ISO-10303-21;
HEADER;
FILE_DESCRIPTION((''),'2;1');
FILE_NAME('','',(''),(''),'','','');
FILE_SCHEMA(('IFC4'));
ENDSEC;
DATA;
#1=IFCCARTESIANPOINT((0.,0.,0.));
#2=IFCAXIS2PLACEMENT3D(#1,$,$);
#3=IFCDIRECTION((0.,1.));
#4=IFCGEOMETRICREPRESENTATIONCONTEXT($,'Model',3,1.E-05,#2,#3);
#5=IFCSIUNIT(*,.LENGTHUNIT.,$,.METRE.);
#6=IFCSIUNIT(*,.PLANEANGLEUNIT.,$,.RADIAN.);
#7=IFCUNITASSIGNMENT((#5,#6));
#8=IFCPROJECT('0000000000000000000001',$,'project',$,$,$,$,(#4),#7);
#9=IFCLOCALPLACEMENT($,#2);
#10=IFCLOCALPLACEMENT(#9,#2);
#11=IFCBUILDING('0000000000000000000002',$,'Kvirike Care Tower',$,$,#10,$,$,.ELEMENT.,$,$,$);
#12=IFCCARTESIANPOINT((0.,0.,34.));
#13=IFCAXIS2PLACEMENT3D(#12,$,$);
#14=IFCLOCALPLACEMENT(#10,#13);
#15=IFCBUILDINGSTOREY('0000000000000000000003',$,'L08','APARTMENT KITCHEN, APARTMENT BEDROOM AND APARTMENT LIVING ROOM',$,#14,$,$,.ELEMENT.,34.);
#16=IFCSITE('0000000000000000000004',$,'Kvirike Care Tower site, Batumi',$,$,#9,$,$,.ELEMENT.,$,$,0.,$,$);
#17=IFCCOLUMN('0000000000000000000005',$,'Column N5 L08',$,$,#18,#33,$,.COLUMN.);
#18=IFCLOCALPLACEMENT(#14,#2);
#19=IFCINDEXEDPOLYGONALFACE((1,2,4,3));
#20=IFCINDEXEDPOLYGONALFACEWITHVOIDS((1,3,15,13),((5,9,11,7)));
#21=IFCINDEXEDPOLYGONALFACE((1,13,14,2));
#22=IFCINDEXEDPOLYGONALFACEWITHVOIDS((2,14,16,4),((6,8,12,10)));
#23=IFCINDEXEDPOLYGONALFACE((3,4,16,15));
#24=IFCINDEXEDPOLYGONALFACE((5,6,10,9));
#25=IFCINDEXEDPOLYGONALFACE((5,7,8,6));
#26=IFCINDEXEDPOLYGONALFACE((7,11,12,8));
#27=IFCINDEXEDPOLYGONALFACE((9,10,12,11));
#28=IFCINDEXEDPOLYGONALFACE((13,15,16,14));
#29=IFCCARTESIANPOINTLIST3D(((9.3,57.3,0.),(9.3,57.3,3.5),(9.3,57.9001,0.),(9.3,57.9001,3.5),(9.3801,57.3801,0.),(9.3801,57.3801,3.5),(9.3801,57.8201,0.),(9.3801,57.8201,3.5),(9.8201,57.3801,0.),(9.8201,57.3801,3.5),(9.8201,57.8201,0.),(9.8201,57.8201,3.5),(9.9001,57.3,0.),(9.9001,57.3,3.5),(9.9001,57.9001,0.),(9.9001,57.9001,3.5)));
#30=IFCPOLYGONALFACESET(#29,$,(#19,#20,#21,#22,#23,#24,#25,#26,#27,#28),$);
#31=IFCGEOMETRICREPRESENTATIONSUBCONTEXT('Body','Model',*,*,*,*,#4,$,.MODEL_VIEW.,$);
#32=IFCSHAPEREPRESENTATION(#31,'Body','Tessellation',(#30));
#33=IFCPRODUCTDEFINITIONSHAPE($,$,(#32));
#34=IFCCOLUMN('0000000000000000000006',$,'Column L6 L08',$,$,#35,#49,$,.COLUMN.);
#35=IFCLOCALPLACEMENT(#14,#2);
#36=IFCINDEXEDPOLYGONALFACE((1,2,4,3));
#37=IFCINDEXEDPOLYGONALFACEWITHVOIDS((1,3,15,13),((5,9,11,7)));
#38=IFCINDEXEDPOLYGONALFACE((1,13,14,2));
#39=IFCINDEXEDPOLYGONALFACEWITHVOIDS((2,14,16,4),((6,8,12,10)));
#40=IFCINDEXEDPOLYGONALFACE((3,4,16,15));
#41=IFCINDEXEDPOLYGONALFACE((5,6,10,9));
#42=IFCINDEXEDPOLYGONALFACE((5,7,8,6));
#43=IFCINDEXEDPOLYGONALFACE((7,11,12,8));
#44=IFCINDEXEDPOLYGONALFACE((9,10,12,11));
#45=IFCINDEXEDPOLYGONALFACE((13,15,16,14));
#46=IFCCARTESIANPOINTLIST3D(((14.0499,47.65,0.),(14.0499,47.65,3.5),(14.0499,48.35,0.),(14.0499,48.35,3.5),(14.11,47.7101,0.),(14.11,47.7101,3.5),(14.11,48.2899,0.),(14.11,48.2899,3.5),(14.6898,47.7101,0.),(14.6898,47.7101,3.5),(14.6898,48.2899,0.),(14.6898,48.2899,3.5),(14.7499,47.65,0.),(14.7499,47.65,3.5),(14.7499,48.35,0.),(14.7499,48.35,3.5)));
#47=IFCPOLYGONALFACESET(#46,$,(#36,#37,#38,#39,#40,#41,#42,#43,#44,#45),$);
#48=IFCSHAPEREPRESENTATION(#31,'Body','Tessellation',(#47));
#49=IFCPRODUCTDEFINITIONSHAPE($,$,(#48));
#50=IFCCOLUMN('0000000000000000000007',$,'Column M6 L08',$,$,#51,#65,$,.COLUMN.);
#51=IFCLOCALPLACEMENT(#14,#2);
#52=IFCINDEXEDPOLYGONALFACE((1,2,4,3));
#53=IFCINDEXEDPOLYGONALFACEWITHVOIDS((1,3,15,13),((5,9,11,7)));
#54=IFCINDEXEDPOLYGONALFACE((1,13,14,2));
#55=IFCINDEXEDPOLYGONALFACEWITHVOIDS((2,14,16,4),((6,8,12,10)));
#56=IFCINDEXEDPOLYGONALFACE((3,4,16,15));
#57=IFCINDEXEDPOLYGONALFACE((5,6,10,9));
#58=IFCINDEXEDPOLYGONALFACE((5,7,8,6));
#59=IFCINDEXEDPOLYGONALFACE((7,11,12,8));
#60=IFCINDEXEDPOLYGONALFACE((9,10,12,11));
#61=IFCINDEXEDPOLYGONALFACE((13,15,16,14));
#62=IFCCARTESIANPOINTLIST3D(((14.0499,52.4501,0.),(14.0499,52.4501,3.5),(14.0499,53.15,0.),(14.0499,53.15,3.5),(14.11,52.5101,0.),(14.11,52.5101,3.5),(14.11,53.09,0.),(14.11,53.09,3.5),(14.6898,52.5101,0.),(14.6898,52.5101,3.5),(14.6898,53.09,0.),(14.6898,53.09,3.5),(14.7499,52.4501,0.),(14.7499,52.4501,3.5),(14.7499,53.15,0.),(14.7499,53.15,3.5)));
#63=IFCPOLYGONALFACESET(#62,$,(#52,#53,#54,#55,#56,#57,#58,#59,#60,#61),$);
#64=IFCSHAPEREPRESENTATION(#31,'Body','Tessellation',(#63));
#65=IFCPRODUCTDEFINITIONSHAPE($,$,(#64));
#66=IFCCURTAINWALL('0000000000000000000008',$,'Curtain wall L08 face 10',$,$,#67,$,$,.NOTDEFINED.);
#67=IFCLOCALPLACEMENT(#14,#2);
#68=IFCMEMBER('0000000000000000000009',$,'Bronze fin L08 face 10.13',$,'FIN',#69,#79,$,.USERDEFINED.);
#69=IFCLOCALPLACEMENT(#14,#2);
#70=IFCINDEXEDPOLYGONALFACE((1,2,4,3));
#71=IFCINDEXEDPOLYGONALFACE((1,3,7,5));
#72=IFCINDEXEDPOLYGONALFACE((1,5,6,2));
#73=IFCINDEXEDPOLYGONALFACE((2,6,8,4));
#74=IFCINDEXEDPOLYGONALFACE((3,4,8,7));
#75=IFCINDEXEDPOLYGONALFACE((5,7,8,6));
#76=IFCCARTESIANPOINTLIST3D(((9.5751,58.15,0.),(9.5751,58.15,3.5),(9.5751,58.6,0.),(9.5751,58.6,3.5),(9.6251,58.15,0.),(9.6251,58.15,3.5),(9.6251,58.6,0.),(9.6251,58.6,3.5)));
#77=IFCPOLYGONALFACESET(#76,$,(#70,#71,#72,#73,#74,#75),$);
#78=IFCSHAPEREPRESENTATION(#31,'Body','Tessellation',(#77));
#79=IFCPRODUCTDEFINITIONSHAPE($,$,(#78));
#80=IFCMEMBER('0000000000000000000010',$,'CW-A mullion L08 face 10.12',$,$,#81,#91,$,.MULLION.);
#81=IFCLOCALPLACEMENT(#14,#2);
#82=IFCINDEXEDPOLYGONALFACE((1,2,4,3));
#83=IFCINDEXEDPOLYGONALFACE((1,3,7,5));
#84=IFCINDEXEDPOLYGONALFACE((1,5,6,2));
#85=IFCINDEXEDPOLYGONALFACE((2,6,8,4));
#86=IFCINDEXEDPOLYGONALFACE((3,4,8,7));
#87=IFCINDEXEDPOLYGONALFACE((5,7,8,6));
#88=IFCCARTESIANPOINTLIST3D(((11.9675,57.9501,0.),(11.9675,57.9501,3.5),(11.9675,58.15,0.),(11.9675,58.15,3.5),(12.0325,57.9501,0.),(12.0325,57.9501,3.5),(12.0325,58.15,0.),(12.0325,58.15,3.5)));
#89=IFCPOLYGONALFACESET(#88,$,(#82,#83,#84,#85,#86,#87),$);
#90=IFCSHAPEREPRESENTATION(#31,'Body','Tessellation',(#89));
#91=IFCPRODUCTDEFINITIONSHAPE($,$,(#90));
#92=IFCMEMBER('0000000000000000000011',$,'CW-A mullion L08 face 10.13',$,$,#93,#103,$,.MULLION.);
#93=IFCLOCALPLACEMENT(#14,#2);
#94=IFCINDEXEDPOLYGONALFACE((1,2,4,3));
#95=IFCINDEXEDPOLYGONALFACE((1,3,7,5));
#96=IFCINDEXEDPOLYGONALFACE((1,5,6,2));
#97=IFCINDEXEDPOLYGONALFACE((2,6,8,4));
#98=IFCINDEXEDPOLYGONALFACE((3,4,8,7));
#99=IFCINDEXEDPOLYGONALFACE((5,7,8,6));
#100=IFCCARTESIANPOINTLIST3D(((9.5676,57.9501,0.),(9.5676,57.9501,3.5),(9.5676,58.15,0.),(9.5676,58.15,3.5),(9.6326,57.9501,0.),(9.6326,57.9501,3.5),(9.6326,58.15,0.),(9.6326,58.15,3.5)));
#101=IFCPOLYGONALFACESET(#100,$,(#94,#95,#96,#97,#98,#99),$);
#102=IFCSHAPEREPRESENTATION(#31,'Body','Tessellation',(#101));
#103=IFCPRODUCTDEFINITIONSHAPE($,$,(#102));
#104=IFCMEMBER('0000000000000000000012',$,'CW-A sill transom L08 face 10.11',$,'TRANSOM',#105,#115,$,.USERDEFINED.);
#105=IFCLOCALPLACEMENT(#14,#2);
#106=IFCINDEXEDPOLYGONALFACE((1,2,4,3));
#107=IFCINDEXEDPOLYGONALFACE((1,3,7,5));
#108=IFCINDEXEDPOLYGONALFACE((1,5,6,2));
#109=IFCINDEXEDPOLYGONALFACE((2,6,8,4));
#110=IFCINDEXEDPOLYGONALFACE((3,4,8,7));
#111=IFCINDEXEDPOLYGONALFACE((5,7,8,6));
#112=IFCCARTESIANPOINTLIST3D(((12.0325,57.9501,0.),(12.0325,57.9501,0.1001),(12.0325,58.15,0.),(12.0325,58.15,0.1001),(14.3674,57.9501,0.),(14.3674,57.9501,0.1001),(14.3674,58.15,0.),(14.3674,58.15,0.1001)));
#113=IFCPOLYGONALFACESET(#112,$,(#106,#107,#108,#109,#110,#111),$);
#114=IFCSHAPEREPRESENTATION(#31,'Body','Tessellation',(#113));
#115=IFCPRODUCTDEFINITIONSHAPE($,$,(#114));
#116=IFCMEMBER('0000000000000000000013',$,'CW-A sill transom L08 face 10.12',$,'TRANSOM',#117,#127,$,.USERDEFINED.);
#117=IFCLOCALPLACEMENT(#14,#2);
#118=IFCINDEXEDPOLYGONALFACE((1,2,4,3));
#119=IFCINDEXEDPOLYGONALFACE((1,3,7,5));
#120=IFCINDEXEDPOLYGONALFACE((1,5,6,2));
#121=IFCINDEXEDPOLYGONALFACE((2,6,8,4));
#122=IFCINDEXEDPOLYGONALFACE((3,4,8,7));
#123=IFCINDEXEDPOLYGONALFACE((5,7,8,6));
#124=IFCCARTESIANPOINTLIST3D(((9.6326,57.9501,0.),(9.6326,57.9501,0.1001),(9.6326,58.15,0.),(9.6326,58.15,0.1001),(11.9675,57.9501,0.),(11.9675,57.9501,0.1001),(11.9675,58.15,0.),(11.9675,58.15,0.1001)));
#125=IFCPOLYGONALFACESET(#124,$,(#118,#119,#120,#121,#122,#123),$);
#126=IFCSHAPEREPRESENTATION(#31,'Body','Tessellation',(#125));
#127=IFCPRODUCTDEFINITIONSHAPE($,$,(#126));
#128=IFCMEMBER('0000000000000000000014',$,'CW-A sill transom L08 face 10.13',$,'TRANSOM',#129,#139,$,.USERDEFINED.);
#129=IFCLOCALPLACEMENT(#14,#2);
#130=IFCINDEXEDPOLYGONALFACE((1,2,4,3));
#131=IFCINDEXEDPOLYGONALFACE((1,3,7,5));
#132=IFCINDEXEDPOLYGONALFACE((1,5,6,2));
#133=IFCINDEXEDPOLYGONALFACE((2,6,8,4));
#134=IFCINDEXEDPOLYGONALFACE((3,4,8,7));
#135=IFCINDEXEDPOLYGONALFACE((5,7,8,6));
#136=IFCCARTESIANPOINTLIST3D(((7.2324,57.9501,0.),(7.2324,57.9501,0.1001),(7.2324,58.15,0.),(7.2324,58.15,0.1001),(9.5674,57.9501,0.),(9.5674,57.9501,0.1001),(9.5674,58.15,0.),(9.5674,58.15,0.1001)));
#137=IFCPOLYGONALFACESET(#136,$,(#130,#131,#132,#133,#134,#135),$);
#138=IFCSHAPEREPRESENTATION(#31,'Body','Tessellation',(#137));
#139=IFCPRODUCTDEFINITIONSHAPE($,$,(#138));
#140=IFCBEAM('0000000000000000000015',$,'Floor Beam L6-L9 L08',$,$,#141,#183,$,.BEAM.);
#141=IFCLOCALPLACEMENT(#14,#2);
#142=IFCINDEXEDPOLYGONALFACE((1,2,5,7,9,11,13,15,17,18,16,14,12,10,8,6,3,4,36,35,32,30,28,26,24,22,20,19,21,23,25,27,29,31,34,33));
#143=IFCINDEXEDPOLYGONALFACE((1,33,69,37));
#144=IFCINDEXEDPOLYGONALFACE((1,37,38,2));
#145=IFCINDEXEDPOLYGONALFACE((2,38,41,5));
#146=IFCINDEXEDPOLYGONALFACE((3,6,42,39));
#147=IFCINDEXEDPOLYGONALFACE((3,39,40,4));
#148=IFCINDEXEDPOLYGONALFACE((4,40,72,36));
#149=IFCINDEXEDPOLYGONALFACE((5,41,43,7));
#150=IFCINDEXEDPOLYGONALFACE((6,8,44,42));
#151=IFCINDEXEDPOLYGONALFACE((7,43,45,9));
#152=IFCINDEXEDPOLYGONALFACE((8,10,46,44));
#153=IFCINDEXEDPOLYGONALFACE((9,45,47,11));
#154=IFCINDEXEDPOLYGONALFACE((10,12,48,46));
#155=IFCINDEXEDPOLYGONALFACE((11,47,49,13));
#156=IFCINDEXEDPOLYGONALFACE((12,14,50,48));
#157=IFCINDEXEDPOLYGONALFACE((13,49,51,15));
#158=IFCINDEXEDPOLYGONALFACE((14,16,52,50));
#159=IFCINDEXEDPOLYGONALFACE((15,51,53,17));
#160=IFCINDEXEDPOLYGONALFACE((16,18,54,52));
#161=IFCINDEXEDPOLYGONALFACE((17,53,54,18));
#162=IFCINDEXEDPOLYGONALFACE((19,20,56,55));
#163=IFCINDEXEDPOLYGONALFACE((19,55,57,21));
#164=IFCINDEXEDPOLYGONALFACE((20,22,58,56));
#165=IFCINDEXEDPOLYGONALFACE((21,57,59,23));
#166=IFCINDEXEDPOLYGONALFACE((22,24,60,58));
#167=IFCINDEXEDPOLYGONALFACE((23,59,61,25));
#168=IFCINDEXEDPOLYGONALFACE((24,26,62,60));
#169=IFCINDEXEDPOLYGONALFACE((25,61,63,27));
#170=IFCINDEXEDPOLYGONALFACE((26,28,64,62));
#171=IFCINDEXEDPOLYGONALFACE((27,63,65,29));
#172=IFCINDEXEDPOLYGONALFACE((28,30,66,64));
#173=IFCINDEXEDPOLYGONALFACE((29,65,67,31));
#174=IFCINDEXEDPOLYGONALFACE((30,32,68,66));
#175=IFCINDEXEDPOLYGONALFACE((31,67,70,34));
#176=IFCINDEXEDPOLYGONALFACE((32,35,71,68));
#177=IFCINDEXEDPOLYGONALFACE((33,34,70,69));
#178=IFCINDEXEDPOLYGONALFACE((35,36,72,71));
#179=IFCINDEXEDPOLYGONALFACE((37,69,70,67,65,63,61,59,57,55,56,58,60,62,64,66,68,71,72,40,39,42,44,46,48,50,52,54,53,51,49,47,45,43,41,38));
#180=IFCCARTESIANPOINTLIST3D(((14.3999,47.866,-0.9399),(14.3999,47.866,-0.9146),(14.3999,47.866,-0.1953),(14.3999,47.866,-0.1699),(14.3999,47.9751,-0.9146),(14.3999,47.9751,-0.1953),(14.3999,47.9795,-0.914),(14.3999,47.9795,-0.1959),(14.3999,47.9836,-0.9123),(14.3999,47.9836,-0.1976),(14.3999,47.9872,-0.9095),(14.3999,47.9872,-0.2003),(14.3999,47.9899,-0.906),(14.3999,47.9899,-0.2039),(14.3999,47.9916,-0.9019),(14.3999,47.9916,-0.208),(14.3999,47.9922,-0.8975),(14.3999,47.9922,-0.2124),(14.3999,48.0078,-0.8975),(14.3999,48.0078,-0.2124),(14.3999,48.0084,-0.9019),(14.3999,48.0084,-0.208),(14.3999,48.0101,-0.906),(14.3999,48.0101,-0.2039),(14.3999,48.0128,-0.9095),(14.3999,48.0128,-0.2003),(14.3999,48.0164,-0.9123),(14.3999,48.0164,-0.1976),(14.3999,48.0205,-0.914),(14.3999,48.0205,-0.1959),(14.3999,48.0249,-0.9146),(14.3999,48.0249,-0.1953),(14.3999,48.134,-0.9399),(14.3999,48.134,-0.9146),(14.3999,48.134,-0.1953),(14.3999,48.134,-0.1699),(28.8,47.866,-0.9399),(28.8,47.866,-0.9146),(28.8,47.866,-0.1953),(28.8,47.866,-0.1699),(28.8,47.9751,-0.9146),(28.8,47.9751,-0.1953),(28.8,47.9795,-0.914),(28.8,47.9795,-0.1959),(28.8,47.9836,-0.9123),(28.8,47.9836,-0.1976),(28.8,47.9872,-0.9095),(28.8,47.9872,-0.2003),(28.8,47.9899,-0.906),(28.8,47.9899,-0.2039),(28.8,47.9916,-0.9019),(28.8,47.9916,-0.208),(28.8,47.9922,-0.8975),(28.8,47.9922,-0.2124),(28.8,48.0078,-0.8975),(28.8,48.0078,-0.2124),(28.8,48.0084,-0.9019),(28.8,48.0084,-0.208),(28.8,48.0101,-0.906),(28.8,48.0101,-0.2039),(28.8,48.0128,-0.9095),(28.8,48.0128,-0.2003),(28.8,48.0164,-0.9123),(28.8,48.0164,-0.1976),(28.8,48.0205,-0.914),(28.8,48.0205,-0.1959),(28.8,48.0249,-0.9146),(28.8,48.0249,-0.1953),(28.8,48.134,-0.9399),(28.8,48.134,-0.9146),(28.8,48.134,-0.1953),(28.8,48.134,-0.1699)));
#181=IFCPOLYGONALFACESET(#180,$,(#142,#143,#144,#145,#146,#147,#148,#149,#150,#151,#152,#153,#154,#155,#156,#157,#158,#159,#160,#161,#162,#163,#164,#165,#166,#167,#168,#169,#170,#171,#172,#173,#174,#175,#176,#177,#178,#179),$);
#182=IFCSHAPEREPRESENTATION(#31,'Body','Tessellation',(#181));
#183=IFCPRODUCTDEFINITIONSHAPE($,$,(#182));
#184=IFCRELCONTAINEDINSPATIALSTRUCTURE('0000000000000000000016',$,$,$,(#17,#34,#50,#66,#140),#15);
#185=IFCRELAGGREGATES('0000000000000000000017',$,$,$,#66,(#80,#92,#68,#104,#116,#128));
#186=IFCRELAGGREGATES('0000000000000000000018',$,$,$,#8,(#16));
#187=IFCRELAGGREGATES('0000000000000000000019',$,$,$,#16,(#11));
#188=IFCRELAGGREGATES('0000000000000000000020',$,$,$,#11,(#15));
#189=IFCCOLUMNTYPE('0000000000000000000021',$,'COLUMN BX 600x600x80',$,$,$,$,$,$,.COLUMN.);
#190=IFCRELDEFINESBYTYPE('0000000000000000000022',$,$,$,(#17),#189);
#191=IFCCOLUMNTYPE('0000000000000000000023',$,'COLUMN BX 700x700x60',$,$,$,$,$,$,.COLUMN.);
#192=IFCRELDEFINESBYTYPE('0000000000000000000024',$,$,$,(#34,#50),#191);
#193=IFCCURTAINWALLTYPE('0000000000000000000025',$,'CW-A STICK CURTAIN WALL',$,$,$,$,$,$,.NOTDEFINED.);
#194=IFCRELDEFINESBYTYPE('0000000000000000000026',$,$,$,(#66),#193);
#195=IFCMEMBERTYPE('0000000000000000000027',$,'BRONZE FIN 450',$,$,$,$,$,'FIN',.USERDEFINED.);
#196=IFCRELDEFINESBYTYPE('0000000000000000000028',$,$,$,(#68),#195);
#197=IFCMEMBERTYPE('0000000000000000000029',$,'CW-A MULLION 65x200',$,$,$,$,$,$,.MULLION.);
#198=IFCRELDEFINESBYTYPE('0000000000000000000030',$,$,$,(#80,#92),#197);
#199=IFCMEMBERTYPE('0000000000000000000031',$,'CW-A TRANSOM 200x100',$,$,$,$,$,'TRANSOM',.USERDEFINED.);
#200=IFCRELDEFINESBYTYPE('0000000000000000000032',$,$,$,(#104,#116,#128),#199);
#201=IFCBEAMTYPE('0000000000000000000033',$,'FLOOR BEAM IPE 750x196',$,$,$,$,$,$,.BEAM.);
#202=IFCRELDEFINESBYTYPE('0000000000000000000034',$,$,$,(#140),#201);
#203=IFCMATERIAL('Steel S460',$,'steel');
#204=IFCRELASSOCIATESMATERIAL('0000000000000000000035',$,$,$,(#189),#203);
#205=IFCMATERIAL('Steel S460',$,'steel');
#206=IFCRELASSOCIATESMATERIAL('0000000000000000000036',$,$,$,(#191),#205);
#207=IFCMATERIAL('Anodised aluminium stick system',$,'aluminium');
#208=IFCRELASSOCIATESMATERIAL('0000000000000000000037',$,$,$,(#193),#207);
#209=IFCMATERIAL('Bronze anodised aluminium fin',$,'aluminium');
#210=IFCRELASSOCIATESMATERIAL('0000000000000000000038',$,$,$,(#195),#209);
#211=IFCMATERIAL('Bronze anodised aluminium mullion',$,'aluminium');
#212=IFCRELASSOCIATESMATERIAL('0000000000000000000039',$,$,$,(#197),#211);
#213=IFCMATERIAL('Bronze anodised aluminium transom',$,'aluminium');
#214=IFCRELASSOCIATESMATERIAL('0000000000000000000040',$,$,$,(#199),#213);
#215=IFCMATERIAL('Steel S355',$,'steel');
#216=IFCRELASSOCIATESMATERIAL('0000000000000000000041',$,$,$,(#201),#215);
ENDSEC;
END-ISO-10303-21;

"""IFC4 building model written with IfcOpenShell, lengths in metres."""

from ifc_helpers import new_model, si_unit, direction, frame, origin, origin_2d, place, context, subcontext, project, spatial, rectangle, hollow_rectangle, i_section, extrude, material, material_profile, profile_set, type_object, element, aggregate, save


model = new_model("IFC4")

# Units and contexts
model_context = context("Model", 3, precision=1e-05, world=origin(), true_north=direction((0.0, 1.0)))
body_context = subcontext(model_context, "Body", "Model", "MODEL_VIEW")
ifc_project = project(units=[si_unit("LENGTHUNIT", "METRE"), si_unit("PLANEANGLEUNIT", "RADIAN")], contexts=[model_context])

# Site, building, storey
site_placement = place(None, origin())
site = spatial("IfcSite", under=ifc_project, at=site_placement, Name="Kvirike Care Tower site, Batumi", CompositionType="ELEMENT", RefElevation=0.0)
building_placement = place(site_placement, origin())
building = spatial("IfcBuilding", under=site, at=building_placement, Name="Kvirike Care Tower", CompositionType="ELEMENT")
storey_placement = place(building_placement, frame((0.0, 0.0, 34.0)))
storey = spatial("IfcBuildingStorey", under=building, at=storey_placement, Name="L08", Description="APARTMENT KITCHEN, APARTMENT BEDROOM AND APARTMENT LIVING ROOM", CompositionType="ELEMENT", Elevation=34.0)

# Columns
ifc_material_1 = material(Name="Steel S460", Category="steel")
ifc_material_profile_1 = material_profile(ifc_material_1, hollow_rectangle(XDim=0.6001, YDim=0.6001, WallThickness=0.0801, at=origin_2d()), Name="BX 600x600x80")
ifc_profile_set_1 = profile_set([ifc_material_profile_1], Name="Steel S460")
column_type_1 = type_object("IfcColumnType", Name="COLUMN BX 600x600x80", PredefinedType="COLUMN", material=ifc_profile_set_1)
column_placement = place(storey_placement, frame((9.6001, 57.6001, 0.0), z_axis=(0.0, 0.0, 1.0), x_axis=(0.0, 1.0, 0.0)))
element("IfcColumn", 1, at=column_placement, inside=storey, type_object=column_type_1, Name="Column N5 L08", PredefinedType="COLUMN", context=body_context, shape_type="SweptSolid", body=[
    extrude(hollow_rectangle(XDim=0.6001, YDim=0.6001, WallThickness=0.0801, at=origin_2d()), origin(), (0.0, 0.0, 1.0), 3.5),
])
ifc_material_2 = material(Name="Steel S460", Category="steel")
ifc_material_profile_2 = material_profile(ifc_material_2, hollow_rectangle(XDim=0.7, YDim=0.7, WallThickness=0.0601, at=origin_2d()), Name="BX 700x700x60")
ifc_profile_set_2 = profile_set([ifc_material_profile_2], Name="Steel S460")
column_type_2 = type_object("IfcColumnType", Name="COLUMN BX 700x700x60", PredefinedType="COLUMN", material=ifc_profile_set_2)
for number, where, z_axis, x_axis, name in (
    (2, (14.3999, 48.0, 0.0), (0.0, 0.0, 1.0), (1.0, 0.0, 0.0), "Column L6 L08"),
    (3, (14.3999, 52.8, 0.0), (0.0, 0.0, 1.0), (1.0, 0.0, 0.0), "Column M6 L08"),
):
    element("IfcColumn", number, at=place(storey_placement, frame(where, z_axis=z_axis, x_axis=x_axis)), inside=storey, type_object=column_type_2, Name=name, PredefinedType="COLUMN", context=body_context, shape_type="SweptSolid", body=[
        extrude(hollow_rectangle(XDim=0.7, YDim=0.7, WallThickness=0.0601, at=origin_2d()), origin(), (0.0, 0.0, 1.0), 3.5),
    ])

# Curtain wall, members
ifc_material_3 = material(Name="Anodised aluminium stick system", Category="aluminium")
curtain_wall_type = type_object("IfcCurtainWallType", Name="CW-A STICK CURTAIN WALL", PredefinedType="NOTDEFINED", material=ifc_material_3)
curtain_wall_placement = place(storey_placement, origin())
curtain_wall = element("IfcCurtainWall", 4, at=curtain_wall_placement, inside=storey, type_object=curtain_wall_type, Name="Curtain wall L08 face 10", PredefinedType="NOTDEFINED")
ifc_material_4 = material(Name="Bronze anodised aluminium fin", Category="aluminium")
ifc_material_profile_3 = material_profile(ifc_material_4, rectangle(XDim=0.05, YDim=0.45, at=origin_2d()), Name="BRONZE FIN 450")
ifc_profile_set_3 = profile_set([ifc_material_profile_3], Name="Bronze anodised aluminium fin")
member_type_1 = type_object("IfcMemberType", Name="BRONZE FIN 450", ElementType="FIN", PredefinedType="USERDEFINED", material=ifc_profile_set_3)
member_1_placement = place(storey_placement, frame((9.6001, 58.375, 0.0), z_axis=(0.0, 0.0, 1.0), x_axis=(-1.0, 0.0, 0.0)))
member_1 = element("IfcMember", 5, at=member_1_placement, type_object=member_type_1, Name="Bronze fin L08 face 10.13", ObjectType="FIN", PredefinedType="USERDEFINED", context=body_context, shape_type="SweptSolid", body=[
    extrude(rectangle(XDim=0.05, YDim=0.45, at=origin_2d()), origin(), (0.0, 0.0, 1.0), 3.5),
])
ifc_material_5 = material(Name="Bronze anodised aluminium mullion", Category="aluminium")
ifc_material_profile_4 = material_profile(ifc_material_5, rectangle(XDim=0.0649, YDim=0.2, at=origin_2d()), Name="CW-A MULLION 65x200")
ifc_profile_set_4 = profile_set([ifc_material_profile_4], Name="Bronze anodised aluminium mullion")
member_type_2 = type_object("IfcMemberType", Name="CW-A MULLION 65x200", PredefinedType="MULLION", material=ifc_profile_set_4)
member_2_placement = place(storey_placement, frame((12.0, 58.05, 0.0), z_axis=(0.0, 0.0, 1.0), x_axis=(-1.0, 0.0, 0.0)))
member_2 = element("IfcMember", 6, at=member_2_placement, type_object=member_type_2, Name="CW-A mullion L08 face 10.12", PredefinedType="MULLION", context=body_context, shape_type="SweptSolid", body=[
    extrude(rectangle(XDim=0.0649, YDim=0.2, at=origin_2d()), origin(), (0.0, 0.0, 1.0), 3.5),
])
member_3_placement = place(storey_placement, frame((9.6001, 58.05, 0.0), z_axis=(0.0, 0.0, 1.0), x_axis=(-1.0, 0.0, 0.0)))
member_3 = element("IfcMember", 7, at=member_3_placement, type_object=member_type_2, Name="CW-A mullion L08 face 10.13", PredefinedType="MULLION", context=body_context, shape_type="SweptSolid", body=[
    extrude(rectangle(XDim=0.0649, YDim=0.2, at=origin_2d()), origin(), (0.0, 0.0, 1.0), 3.5),
])
ifc_material_6 = material(Name="Bronze anodised aluminium transom", Category="aluminium")
ifc_material_profile_5 = material_profile(ifc_material_6, rectangle(XDim=0.2, YDim=0.1001, at=origin_2d()), Name="CW-A TRANSOM 200x100")
ifc_profile_set_5 = profile_set([ifc_material_profile_5], Name="Bronze anodised aluminium transom")
member_type_3 = type_object("IfcMemberType", Name="CW-A TRANSOM 200x100", ElementType="TRANSOM", PredefinedType="USERDEFINED", material=ifc_profile_set_5)
member_4_placement = place(storey_placement, frame((14.3674, 58.05, 0.05), z_axis=(-1.0, 0.0, 0.0), x_axis=(0.0, -1.0, 0.0)))
member_4 = element("IfcMember", 8, at=member_4_placement, type_object=member_type_3, Name="CW-A sill transom L08 face 10.11", ObjectType="TRANSOM", PredefinedType="USERDEFINED", context=body_context, shape_type="SweptSolid", body=[
    extrude(rectangle(XDim=0.2, YDim=0.1001, at=origin_2d()), origin(), (0.0, 0.0, 1.0), 2.335),
])
member_5_placement = place(storey_placement, frame((11.9675, 58.05, 0.05), z_axis=(-1.0, 0.0, 0.0), x_axis=(0.0, -1.0, 0.0)))
member_5 = element("IfcMember", 9, at=member_5_placement, type_object=member_type_3, Name="CW-A sill transom L08 face 10.12", ObjectType="TRANSOM", PredefinedType="USERDEFINED", context=body_context, shape_type="SweptSolid", body=[
    extrude(rectangle(XDim=0.2, YDim=0.1001, at=origin_2d()), origin(), (0.0, 0.0, 1.0), 2.335),
])
member_6_placement = place(storey_placement, frame((9.5674, 58.05, 0.05), z_axis=(-1.0, 0.0, 0.0), x_axis=(0.0, -1.0, 0.0)))
member_6 = element("IfcMember", 10, at=member_6_placement, type_object=member_type_3, Name="CW-A sill transom L08 face 10.13", ObjectType="TRANSOM", PredefinedType="USERDEFINED", context=body_context, shape_type="SweptSolid", body=[
    extrude(rectangle(XDim=0.2, YDim=0.1001, at=origin_2d()), origin(), (0.0, 0.0, 1.0), 2.335),
])

# Beam
ifc_material_7 = material(Name="Steel S355", Category="steel")
ifc_material_profile_6 = material_profile(ifc_material_7, i_section(OverallWidth=0.2681, OverallDepth=0.77, WebThickness=0.0156, FlangeThickness=0.0254, FilletRadius=0.0171, at=origin_2d()), Name="IPE 750x196")
ifc_profile_set_6 = profile_set([ifc_material_profile_6], Name="Steel S355")
beam_type_1 = type_object("IfcBeamType", Name="FLOOR BEAM IPE 750x196", PredefinedType="BEAM", material=ifc_profile_set_6)
beam_1_placement = place(storey_placement, frame((14.3999, 48.0, -0.5549), z_axis=(1.0, 0.0, 0.0), x_axis=(0.0, 1.0, 0.0)))
element("IfcBeam", 11, at=beam_1_placement, inside=storey, type_object=beam_type_1, Name="Floor Beam L6-L9 L08", PredefinedType="BEAM", context=body_context, shape_type="SweptSolid", body=[
    extrude(i_section(OverallWidth=0.2681, OverallDepth=0.77, WebThickness=0.0156, FlangeThickness=0.0254, FilletRadius=0.0171, at=origin_2d()), origin(), (0.0, 0.0, 1.0), 14.4001),
])

aggregate(curtain_wall, [member_2, member_3, member_1, member_4, member_5, member_6])

save(model, "model.ifc")
